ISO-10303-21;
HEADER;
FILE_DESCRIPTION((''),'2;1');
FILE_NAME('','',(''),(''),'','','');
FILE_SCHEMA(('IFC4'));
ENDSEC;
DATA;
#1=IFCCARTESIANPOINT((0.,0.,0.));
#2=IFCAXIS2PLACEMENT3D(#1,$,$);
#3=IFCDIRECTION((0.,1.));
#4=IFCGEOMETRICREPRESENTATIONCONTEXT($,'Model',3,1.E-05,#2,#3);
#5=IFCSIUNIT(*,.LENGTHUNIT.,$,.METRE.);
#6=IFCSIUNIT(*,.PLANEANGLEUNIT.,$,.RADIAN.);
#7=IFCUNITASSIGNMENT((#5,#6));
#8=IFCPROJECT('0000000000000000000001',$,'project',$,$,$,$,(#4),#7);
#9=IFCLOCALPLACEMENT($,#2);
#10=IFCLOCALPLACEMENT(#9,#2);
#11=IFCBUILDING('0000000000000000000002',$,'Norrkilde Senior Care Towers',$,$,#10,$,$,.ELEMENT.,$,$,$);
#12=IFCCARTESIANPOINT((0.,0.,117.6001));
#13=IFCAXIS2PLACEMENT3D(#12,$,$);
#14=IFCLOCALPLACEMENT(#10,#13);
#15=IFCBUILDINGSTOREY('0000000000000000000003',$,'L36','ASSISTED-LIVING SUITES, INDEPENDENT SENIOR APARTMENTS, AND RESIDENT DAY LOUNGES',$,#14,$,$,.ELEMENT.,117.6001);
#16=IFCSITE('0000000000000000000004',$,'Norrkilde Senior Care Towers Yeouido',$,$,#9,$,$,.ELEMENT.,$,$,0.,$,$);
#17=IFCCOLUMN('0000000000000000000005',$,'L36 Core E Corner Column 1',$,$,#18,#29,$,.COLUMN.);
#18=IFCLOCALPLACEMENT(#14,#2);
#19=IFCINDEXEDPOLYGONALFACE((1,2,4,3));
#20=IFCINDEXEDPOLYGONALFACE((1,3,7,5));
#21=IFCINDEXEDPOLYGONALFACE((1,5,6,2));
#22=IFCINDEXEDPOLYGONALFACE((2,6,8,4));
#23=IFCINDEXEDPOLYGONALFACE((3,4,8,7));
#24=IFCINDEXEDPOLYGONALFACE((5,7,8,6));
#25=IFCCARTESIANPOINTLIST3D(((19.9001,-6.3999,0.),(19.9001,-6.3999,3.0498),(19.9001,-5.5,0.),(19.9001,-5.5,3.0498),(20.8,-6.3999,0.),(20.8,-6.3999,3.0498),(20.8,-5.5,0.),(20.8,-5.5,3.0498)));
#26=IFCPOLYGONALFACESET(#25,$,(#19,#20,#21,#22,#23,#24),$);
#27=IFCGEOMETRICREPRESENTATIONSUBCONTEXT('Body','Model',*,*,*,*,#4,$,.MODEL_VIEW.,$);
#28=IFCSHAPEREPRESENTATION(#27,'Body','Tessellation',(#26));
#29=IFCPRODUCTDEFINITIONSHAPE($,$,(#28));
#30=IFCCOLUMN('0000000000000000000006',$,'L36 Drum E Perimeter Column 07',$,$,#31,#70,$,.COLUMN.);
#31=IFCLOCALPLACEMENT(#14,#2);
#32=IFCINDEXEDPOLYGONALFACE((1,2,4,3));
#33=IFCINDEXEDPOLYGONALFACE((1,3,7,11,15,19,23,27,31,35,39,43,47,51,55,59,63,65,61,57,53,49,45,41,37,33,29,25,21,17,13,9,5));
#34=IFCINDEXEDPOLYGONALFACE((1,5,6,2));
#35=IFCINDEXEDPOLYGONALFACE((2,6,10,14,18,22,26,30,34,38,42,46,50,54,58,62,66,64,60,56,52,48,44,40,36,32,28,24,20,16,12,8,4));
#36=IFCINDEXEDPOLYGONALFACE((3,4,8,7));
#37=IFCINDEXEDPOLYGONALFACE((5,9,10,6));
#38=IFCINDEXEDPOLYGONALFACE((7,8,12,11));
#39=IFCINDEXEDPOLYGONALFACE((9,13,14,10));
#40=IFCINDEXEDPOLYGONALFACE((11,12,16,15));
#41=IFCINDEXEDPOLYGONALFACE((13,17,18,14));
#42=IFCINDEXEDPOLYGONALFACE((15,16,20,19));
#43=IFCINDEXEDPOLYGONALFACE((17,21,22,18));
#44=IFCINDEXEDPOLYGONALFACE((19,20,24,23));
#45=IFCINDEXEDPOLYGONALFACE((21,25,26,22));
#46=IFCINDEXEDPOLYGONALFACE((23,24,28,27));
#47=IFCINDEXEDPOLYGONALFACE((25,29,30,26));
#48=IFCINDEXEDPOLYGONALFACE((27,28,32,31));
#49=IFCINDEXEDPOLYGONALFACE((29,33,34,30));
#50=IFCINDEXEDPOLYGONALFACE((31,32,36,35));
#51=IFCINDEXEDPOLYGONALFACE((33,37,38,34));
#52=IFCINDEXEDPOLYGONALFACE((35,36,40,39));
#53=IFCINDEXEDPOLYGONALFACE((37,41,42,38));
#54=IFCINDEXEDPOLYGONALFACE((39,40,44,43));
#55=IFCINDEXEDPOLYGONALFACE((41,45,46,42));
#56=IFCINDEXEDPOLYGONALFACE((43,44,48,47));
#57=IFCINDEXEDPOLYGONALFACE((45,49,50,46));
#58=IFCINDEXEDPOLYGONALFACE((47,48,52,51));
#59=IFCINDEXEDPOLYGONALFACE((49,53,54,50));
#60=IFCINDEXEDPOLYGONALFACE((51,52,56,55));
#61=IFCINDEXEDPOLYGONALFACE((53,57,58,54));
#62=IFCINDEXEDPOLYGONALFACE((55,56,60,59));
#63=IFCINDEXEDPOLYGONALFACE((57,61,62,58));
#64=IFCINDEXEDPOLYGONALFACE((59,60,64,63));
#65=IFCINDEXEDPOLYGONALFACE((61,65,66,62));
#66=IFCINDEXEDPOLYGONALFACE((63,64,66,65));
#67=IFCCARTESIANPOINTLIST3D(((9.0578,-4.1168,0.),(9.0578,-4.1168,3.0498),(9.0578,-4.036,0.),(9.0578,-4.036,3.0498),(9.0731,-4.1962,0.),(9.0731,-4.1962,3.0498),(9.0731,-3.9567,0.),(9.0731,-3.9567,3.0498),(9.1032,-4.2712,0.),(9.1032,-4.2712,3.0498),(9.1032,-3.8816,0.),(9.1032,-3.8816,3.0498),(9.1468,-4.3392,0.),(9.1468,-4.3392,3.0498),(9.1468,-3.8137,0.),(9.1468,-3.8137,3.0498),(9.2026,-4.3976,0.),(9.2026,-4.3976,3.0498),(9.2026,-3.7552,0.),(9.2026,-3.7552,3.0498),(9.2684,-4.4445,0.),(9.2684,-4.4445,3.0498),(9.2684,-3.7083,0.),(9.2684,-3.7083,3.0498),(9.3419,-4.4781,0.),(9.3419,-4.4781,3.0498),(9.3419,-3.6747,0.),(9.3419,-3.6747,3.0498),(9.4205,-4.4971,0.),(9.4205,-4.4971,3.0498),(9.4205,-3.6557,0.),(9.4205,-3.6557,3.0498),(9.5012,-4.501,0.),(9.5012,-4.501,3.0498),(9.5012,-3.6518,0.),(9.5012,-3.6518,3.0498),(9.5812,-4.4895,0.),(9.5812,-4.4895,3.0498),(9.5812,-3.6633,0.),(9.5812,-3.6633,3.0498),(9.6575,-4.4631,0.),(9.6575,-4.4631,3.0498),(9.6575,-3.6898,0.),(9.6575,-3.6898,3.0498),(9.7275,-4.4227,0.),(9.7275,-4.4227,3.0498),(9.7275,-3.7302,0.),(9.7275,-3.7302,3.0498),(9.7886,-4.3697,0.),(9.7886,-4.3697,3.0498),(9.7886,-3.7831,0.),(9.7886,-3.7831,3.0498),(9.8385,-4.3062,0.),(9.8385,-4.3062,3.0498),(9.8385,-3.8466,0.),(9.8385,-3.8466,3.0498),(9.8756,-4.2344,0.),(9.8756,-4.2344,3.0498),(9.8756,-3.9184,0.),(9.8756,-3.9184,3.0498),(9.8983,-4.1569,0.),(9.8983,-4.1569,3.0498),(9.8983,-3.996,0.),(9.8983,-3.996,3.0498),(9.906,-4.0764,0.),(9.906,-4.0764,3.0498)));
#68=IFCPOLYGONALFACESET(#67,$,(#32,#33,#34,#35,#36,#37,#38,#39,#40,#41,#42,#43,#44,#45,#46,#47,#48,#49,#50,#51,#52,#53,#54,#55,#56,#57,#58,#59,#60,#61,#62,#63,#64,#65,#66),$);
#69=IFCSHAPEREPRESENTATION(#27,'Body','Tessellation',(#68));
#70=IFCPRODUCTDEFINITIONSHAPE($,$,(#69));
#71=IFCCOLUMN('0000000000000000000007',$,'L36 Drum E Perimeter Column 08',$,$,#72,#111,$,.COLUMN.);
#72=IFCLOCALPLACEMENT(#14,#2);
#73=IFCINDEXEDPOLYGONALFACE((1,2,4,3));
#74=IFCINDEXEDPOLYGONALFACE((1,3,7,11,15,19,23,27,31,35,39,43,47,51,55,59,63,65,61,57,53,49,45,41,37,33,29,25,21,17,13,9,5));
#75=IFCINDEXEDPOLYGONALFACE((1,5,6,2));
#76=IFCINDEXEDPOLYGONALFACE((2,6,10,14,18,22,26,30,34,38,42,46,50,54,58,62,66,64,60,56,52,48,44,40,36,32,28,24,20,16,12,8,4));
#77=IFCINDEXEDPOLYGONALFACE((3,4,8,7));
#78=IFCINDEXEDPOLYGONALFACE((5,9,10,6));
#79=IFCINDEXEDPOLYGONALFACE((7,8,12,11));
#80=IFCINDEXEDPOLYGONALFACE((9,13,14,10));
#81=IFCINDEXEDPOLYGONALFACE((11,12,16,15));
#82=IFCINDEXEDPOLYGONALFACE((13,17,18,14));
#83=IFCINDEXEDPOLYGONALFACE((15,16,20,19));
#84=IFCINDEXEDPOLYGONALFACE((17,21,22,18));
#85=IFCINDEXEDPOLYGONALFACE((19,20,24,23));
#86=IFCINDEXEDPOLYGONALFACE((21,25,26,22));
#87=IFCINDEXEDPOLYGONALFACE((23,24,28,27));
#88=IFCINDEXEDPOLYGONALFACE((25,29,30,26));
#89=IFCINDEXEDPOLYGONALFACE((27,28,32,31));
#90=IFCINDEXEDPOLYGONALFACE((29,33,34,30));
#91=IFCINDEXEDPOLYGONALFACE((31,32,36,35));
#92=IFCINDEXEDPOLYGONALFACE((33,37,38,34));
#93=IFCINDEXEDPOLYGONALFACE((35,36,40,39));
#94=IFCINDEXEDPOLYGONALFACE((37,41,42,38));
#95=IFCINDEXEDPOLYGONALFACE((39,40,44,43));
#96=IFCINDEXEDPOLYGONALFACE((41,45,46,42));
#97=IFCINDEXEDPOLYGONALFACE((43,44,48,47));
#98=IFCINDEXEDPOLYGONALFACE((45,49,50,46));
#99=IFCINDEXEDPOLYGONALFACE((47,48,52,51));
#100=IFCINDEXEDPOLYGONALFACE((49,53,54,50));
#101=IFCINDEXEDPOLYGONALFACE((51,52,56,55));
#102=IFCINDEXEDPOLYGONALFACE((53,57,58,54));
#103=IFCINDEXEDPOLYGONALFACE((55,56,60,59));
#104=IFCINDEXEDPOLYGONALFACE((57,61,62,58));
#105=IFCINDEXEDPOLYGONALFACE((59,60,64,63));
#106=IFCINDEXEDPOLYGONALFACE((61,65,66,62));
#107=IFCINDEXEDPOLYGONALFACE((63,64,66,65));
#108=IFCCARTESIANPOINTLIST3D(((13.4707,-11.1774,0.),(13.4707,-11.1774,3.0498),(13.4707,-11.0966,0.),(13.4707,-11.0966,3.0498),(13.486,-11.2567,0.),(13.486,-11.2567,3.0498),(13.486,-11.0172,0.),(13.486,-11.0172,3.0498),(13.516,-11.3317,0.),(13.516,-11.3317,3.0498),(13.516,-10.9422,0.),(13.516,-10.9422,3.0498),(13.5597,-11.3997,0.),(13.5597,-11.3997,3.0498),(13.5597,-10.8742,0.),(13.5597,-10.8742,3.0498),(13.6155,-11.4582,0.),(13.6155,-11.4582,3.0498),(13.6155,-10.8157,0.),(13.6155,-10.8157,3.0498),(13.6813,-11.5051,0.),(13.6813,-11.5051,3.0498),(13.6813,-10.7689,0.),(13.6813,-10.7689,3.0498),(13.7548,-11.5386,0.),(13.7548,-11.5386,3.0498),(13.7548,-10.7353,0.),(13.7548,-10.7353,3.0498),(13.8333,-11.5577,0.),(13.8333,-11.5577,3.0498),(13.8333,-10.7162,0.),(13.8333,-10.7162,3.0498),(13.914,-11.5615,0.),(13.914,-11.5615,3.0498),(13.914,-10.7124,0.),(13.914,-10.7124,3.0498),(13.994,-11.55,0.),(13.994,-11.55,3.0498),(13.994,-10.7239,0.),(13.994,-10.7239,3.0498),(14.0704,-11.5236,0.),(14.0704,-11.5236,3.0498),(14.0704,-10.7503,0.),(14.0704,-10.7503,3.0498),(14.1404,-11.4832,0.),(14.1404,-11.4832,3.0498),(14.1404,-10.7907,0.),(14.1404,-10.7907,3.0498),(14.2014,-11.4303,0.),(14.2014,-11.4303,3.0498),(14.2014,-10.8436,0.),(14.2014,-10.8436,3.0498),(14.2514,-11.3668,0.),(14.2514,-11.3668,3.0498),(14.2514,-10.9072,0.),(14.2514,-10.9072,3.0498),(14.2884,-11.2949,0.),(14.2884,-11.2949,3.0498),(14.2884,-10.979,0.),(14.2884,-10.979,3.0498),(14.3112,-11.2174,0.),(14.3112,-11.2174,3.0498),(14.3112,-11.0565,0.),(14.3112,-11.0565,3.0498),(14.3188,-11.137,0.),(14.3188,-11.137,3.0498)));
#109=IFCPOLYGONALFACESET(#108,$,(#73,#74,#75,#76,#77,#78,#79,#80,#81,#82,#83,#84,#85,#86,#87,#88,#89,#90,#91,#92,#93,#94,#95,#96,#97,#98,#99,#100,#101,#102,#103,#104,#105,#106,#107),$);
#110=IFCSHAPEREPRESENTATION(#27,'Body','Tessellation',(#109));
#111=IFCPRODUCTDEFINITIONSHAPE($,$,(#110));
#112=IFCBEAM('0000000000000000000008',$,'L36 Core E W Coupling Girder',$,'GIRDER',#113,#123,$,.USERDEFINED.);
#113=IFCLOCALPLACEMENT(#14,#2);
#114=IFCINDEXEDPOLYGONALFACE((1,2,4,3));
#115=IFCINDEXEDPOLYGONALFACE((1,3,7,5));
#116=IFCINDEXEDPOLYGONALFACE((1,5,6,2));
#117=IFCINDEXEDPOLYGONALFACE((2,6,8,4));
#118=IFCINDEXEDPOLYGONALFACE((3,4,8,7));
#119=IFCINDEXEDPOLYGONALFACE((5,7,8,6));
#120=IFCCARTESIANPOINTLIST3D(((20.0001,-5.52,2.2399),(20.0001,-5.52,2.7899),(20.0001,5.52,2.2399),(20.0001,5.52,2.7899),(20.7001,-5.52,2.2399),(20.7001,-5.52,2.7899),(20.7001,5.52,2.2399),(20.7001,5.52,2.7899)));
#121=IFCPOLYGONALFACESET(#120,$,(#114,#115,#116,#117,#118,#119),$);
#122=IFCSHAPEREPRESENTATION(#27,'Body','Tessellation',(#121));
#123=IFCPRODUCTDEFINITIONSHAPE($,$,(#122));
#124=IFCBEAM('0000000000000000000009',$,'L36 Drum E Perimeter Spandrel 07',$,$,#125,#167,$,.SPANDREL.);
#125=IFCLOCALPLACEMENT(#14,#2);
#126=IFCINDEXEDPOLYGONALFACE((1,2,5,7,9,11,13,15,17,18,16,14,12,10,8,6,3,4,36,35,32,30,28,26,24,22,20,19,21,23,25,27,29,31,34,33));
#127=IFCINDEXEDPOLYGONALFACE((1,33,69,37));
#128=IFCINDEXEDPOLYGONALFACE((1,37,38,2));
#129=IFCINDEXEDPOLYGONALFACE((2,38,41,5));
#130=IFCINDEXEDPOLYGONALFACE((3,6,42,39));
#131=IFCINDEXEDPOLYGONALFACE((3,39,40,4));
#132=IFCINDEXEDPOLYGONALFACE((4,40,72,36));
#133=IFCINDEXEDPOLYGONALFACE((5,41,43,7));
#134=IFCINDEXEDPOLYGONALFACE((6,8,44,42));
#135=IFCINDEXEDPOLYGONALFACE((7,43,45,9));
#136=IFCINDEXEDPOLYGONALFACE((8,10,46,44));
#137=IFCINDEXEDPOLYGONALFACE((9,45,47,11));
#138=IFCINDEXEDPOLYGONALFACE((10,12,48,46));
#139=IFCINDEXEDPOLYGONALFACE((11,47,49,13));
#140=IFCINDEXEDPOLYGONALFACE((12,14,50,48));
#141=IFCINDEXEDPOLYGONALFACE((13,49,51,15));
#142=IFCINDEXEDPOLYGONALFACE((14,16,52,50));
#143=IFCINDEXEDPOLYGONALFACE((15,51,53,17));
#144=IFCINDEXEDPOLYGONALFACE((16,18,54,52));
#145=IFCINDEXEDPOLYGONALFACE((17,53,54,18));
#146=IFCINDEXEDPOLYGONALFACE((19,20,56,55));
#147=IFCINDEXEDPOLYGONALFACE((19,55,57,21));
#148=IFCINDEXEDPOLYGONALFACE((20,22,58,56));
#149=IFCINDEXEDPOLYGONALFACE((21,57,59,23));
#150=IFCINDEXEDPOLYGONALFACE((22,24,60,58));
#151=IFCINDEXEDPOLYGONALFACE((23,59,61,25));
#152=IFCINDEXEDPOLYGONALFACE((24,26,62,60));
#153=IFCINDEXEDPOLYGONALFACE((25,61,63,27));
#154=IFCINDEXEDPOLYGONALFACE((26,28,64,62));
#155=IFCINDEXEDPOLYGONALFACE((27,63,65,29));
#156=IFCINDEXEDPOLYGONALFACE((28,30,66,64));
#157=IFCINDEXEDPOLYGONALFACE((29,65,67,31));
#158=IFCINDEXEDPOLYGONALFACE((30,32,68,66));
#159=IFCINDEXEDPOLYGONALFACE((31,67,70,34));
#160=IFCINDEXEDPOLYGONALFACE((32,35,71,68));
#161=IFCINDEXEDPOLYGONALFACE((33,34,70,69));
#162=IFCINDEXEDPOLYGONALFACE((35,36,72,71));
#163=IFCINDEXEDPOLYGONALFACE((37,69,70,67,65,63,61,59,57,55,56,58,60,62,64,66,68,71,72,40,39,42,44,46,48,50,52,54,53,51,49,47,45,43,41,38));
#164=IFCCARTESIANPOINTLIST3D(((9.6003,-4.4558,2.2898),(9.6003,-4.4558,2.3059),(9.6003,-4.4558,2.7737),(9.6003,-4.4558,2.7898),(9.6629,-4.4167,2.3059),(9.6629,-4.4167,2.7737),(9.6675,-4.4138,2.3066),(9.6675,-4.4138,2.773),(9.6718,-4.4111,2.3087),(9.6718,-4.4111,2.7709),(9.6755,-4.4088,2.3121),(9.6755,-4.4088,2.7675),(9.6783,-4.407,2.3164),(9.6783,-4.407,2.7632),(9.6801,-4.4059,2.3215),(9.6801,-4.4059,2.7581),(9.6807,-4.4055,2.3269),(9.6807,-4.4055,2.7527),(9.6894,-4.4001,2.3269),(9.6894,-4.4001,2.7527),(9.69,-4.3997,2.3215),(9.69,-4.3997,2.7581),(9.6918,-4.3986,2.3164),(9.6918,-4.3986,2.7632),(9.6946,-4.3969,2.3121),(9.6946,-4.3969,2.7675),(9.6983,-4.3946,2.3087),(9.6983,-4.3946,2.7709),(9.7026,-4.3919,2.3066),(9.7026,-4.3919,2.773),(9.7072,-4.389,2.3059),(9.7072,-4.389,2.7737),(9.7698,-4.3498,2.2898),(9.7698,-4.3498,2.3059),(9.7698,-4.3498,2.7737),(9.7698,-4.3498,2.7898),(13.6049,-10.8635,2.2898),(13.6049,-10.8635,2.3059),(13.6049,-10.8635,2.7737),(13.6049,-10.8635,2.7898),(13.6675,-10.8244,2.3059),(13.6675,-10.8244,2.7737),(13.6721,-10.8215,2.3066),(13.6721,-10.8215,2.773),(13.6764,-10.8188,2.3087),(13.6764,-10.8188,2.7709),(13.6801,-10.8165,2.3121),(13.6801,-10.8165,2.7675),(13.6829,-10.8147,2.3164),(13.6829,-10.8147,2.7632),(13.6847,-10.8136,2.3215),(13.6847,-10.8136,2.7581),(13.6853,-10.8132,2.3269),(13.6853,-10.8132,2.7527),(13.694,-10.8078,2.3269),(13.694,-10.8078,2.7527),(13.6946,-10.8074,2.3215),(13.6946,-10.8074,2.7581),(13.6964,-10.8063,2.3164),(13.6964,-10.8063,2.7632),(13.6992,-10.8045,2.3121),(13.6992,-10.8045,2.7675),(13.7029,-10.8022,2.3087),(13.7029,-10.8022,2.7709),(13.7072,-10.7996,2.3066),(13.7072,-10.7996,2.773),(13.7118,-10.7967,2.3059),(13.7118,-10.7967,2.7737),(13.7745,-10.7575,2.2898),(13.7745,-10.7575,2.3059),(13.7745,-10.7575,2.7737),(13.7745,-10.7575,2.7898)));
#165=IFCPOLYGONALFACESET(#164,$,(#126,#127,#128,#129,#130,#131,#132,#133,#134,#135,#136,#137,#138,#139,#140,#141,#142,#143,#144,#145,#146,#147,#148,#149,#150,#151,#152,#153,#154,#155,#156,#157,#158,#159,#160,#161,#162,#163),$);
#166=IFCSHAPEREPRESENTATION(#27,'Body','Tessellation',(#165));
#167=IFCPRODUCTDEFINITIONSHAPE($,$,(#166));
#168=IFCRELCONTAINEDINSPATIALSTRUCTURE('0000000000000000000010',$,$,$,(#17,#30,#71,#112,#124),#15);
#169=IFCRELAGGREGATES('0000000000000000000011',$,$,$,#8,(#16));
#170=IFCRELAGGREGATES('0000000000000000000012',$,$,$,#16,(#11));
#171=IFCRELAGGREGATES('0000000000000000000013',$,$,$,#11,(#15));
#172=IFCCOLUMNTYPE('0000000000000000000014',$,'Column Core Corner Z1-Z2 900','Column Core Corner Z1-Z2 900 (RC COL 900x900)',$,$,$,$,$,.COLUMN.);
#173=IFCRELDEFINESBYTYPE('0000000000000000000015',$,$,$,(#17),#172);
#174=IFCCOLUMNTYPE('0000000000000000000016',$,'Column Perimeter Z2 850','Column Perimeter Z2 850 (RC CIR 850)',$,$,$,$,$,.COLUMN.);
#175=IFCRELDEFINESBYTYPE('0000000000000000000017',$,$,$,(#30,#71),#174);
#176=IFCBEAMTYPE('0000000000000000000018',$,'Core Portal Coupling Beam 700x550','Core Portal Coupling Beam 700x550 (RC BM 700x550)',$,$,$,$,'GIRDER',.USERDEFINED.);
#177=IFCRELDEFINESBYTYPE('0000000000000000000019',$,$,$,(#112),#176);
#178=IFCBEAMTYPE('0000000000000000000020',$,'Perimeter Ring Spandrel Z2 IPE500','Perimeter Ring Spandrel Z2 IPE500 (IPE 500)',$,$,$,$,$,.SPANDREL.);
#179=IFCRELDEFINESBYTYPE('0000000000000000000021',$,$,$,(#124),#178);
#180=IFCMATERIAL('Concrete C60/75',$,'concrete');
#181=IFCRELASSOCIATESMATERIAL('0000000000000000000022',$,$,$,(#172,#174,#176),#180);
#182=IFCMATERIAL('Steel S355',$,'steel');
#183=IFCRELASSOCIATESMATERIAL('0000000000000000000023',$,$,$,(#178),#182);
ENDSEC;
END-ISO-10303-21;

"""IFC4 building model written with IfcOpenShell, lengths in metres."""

from ifc_helpers import new_model, si_unit, direction, frame, origin, origin_2d, place, context, subcontext, project, spatial, rectangle, circle, i_section, extrude, source, transform, mapped, material, material_profile, profile_set, type_object, type_shapes, element, save


model = new_model("IFC4")

# Units and contexts
model_context = context("Model", 3, precision=1e-05, world=origin(), true_north=direction((0.0, 1.0)))
body_context = subcontext(model_context, "Body", "Model", "MODEL_VIEW")
ifc_project = project(units=[si_unit("LENGTHUNIT", "METRE"), si_unit("PLANEANGLEUNIT", "RADIAN")], contexts=[model_context])

# Site, building, storey
site_placement = place(None, origin())
site = spatial("IfcSite", under=ifc_project, at=site_placement, Name="Norrkilde Senior Care Towers Yeouido", CompositionType="ELEMENT", RefElevation=0.0)
building_placement = place(site_placement, origin())
building = spatial("IfcBuilding", under=site, at=building_placement, Name="Norrkilde Senior Care Towers", CompositionType="ELEMENT")
storey_placement = place(building_placement, frame((0.0, 0.0, 117.6001)))
storey = spatial("IfcBuildingStorey", under=building, at=storey_placement, Name="L36", Description="ASSISTED-LIVING SUITES, INDEPENDENT SENIOR APARTMENTS, AND RESIDENT DAY LOUNGES", CompositionType="ELEMENT", Elevation=117.6001)

# Columns
ifc_material_1 = material(Name="Concrete C60/75", Category="concrete")
ifc_material_profile_1 = material_profile(ifc_material_1, rectangle(XDim=0.8999, YDim=0.8999, at=origin_2d()), Name="RC COL 900x900")
ifc_profile_set_1 = profile_set([ifc_material_profile_1], Name="Concrete C60/75")
column_type_1 = type_object("IfcColumnType", Name="Column Core Corner Z1-Z2 900", Description="Column Core Corner Z1-Z2 900 (RC COL 900x900)", PredefinedType="COLUMN", material=ifc_profile_set_1)
shared_shape_1 = source(origin(), body_context, "Body", "SweptSolid", [
    extrude(rectangle(XDim=0.8999, YDim=0.8999, at=origin_2d()), origin(), (0.0, 0.0, 1.0), 3.0498),
])
type_shapes(column_type_1, [shared_shape_1])
column_placement = place(storey_placement, frame((20.3501, -5.95, 0.0), z_axis=(0.0, 0.0, 1.0), x_axis=(1.0, 0.0, 0.0)))
element("IfcColumn", 1, at=column_placement, inside=storey, type_object=column_type_1, Name="L36 Core E Corner Column 1", PredefinedType="COLUMN", context=body_context, shape_type="MappedRepresentation", body=[
    mapped(shared_shape_1, transform((0.0, 0.0, 0.0), x_axis=(1.0, 0.0, 0.0), y_axis=(0.0, 1.0, 0.0), z_axis=(0.0, 0.0, 1.0), scale=1.0)),
])
ifc_material_profile_2 = material_profile(ifc_material_1, circle(Radius=0.425, at=origin_2d()), Name="RC CIR 850")
ifc_profile_set_2 = profile_set([ifc_material_profile_2], Name="Concrete C60/75")
column_type_2 = type_object("IfcColumnType", Name="Column Perimeter Z2 850", Description="Column Perimeter Z2 850 (RC CIR 850)", PredefinedType="COLUMN", material=ifc_profile_set_2)
shared_shape_2 = source(origin(), body_context, "Body", "SweptSolid", [
    extrude(circle(Radius=0.425, at=origin_2d()), origin(), (0.0, 0.0, 1.0), 3.0498),
])
type_shapes(column_type_2, [shared_shape_2])
for number, where, z_axis, x_axis, name in (
    (2, (9.481, -4.0764, 0.0), (0.0, 0.0, 1.0), (1.0, 0.0, 0.0), "L36 Drum E Perimeter Column 07"),
    (3, (13.8938, -11.137, 0.0), (0.0, 0.0, 1.0), (1.0, 0.0, 0.0), "L36 Drum E Perimeter Column 08"),
):
    element("IfcColumn", number, at=place(storey_placement, frame(where, z_axis=z_axis, x_axis=x_axis)), inside=storey, type_object=column_type_2, Name=name, PredefinedType="COLUMN", context=body_context, shape_type="MappedRepresentation", body=[
        mapped(shared_shape_2, transform((0.0, 0.0, 0.0), x_axis=(1.0, 0.0, 0.0), y_axis=(0.0, 1.0, 0.0), z_axis=(0.0, 0.0, 1.0), scale=1.0)),
    ])

# Beams
ifc_material_profile_3 = material_profile(ifc_material_1, rectangle(XDim=0.7, YDim=0.55, at=origin_2d()), Name="RC BM 700x550")
ifc_profile_set_3 = profile_set([ifc_material_profile_3], Name="Concrete C60/75")
beam_type_1 = type_object("IfcBeamType", Name="Core Portal Coupling Beam 700x550", Description="Core Portal Coupling Beam 700x550 (RC BM 700x550)", ElementType="GIRDER", PredefinedType="USERDEFINED", material=ifc_profile_set_3)
shared_shape_3 = source(origin(), body_context, "Body", "SweptSolid", [
    extrude(rectangle(XDim=0.7, YDim=0.55, at=origin_2d()), origin(), (0.0, 0.0, 1.0), 11.04),
])
type_shapes(beam_type_1, [shared_shape_3])
beam_1_placement = place(storey_placement, frame((20.3501, -5.52, 2.5149), z_axis=(0.0, 1.0, 0.0), x_axis=(-1.0, 0.0, 0.0)))
element("IfcBeam", 4, at=beam_1_placement, inside=storey, type_object=beam_type_1, Name="L36 Core E W Coupling Girder", ObjectType="GIRDER", PredefinedType="USERDEFINED", context=body_context, shape_type="MappedRepresentation", body=[
    mapped(shared_shape_3, transform((0.0, 0.0, 0.0), x_axis=(1.0, 0.0, 0.0), y_axis=(0.0, 1.0, 0.0), z_axis=(0.0, 0.0, 1.0), scale=1.0)),
])
ifc_material_2 = material(Name="Steel S355", Category="steel")
ifc_material_profile_4 = material_profile(ifc_material_2, i_section(OverallWidth=0.2, OverallDepth=0.5, WebThickness=0.0103, FlangeThickness=0.0161, FilletRadius=0.021, at=origin_2d()), Name="IPE 500")
ifc_profile_set_4 = profile_set([ifc_material_profile_4], Name="Steel S355")
beam_type_2 = type_object("IfcBeamType", Name="Perimeter Ring Spandrel Z2 IPE500", Description="Perimeter Ring Spandrel Z2 IPE500 (IPE 500)", PredefinedType="SPANDREL", material=ifc_profile_set_4)
shared_shape_4 = source(origin(), body_context, "Body", "SweptSolid", [
    extrude(i_section(OverallWidth=0.2, OverallDepth=0.5, WebThickness=0.0103, FlangeThickness=0.0161, FilletRadius=0.021, at=origin_2d()), origin(), (0.0, 0.0, 1.0), 7.5562),
])
beam_2_placement = place(storey_placement, frame((9.6851, -4.4028, 2.5398), z_axis=(0.529982, -0.848009, 0.0), x_axis=(0.848009, 0.529982, 0.0)))
element("IfcBeam", 5, at=beam_2_placement, inside=storey, type_object=beam_type_2, Name="L36 Drum E Perimeter Spandrel 07", PredefinedType="SPANDREL", context=body_context, shape_type="MappedRepresentation", body=[
    mapped(shared_shape_4, transform((0.0, 0.0, 0.0), x_axis=(1.0, 0.0, 0.0), y_axis=(0.0, 1.0, 0.0), z_axis=(0.0, 0.0, 1.0), scale=1.0)),
])

save(model, "model.ifc")
